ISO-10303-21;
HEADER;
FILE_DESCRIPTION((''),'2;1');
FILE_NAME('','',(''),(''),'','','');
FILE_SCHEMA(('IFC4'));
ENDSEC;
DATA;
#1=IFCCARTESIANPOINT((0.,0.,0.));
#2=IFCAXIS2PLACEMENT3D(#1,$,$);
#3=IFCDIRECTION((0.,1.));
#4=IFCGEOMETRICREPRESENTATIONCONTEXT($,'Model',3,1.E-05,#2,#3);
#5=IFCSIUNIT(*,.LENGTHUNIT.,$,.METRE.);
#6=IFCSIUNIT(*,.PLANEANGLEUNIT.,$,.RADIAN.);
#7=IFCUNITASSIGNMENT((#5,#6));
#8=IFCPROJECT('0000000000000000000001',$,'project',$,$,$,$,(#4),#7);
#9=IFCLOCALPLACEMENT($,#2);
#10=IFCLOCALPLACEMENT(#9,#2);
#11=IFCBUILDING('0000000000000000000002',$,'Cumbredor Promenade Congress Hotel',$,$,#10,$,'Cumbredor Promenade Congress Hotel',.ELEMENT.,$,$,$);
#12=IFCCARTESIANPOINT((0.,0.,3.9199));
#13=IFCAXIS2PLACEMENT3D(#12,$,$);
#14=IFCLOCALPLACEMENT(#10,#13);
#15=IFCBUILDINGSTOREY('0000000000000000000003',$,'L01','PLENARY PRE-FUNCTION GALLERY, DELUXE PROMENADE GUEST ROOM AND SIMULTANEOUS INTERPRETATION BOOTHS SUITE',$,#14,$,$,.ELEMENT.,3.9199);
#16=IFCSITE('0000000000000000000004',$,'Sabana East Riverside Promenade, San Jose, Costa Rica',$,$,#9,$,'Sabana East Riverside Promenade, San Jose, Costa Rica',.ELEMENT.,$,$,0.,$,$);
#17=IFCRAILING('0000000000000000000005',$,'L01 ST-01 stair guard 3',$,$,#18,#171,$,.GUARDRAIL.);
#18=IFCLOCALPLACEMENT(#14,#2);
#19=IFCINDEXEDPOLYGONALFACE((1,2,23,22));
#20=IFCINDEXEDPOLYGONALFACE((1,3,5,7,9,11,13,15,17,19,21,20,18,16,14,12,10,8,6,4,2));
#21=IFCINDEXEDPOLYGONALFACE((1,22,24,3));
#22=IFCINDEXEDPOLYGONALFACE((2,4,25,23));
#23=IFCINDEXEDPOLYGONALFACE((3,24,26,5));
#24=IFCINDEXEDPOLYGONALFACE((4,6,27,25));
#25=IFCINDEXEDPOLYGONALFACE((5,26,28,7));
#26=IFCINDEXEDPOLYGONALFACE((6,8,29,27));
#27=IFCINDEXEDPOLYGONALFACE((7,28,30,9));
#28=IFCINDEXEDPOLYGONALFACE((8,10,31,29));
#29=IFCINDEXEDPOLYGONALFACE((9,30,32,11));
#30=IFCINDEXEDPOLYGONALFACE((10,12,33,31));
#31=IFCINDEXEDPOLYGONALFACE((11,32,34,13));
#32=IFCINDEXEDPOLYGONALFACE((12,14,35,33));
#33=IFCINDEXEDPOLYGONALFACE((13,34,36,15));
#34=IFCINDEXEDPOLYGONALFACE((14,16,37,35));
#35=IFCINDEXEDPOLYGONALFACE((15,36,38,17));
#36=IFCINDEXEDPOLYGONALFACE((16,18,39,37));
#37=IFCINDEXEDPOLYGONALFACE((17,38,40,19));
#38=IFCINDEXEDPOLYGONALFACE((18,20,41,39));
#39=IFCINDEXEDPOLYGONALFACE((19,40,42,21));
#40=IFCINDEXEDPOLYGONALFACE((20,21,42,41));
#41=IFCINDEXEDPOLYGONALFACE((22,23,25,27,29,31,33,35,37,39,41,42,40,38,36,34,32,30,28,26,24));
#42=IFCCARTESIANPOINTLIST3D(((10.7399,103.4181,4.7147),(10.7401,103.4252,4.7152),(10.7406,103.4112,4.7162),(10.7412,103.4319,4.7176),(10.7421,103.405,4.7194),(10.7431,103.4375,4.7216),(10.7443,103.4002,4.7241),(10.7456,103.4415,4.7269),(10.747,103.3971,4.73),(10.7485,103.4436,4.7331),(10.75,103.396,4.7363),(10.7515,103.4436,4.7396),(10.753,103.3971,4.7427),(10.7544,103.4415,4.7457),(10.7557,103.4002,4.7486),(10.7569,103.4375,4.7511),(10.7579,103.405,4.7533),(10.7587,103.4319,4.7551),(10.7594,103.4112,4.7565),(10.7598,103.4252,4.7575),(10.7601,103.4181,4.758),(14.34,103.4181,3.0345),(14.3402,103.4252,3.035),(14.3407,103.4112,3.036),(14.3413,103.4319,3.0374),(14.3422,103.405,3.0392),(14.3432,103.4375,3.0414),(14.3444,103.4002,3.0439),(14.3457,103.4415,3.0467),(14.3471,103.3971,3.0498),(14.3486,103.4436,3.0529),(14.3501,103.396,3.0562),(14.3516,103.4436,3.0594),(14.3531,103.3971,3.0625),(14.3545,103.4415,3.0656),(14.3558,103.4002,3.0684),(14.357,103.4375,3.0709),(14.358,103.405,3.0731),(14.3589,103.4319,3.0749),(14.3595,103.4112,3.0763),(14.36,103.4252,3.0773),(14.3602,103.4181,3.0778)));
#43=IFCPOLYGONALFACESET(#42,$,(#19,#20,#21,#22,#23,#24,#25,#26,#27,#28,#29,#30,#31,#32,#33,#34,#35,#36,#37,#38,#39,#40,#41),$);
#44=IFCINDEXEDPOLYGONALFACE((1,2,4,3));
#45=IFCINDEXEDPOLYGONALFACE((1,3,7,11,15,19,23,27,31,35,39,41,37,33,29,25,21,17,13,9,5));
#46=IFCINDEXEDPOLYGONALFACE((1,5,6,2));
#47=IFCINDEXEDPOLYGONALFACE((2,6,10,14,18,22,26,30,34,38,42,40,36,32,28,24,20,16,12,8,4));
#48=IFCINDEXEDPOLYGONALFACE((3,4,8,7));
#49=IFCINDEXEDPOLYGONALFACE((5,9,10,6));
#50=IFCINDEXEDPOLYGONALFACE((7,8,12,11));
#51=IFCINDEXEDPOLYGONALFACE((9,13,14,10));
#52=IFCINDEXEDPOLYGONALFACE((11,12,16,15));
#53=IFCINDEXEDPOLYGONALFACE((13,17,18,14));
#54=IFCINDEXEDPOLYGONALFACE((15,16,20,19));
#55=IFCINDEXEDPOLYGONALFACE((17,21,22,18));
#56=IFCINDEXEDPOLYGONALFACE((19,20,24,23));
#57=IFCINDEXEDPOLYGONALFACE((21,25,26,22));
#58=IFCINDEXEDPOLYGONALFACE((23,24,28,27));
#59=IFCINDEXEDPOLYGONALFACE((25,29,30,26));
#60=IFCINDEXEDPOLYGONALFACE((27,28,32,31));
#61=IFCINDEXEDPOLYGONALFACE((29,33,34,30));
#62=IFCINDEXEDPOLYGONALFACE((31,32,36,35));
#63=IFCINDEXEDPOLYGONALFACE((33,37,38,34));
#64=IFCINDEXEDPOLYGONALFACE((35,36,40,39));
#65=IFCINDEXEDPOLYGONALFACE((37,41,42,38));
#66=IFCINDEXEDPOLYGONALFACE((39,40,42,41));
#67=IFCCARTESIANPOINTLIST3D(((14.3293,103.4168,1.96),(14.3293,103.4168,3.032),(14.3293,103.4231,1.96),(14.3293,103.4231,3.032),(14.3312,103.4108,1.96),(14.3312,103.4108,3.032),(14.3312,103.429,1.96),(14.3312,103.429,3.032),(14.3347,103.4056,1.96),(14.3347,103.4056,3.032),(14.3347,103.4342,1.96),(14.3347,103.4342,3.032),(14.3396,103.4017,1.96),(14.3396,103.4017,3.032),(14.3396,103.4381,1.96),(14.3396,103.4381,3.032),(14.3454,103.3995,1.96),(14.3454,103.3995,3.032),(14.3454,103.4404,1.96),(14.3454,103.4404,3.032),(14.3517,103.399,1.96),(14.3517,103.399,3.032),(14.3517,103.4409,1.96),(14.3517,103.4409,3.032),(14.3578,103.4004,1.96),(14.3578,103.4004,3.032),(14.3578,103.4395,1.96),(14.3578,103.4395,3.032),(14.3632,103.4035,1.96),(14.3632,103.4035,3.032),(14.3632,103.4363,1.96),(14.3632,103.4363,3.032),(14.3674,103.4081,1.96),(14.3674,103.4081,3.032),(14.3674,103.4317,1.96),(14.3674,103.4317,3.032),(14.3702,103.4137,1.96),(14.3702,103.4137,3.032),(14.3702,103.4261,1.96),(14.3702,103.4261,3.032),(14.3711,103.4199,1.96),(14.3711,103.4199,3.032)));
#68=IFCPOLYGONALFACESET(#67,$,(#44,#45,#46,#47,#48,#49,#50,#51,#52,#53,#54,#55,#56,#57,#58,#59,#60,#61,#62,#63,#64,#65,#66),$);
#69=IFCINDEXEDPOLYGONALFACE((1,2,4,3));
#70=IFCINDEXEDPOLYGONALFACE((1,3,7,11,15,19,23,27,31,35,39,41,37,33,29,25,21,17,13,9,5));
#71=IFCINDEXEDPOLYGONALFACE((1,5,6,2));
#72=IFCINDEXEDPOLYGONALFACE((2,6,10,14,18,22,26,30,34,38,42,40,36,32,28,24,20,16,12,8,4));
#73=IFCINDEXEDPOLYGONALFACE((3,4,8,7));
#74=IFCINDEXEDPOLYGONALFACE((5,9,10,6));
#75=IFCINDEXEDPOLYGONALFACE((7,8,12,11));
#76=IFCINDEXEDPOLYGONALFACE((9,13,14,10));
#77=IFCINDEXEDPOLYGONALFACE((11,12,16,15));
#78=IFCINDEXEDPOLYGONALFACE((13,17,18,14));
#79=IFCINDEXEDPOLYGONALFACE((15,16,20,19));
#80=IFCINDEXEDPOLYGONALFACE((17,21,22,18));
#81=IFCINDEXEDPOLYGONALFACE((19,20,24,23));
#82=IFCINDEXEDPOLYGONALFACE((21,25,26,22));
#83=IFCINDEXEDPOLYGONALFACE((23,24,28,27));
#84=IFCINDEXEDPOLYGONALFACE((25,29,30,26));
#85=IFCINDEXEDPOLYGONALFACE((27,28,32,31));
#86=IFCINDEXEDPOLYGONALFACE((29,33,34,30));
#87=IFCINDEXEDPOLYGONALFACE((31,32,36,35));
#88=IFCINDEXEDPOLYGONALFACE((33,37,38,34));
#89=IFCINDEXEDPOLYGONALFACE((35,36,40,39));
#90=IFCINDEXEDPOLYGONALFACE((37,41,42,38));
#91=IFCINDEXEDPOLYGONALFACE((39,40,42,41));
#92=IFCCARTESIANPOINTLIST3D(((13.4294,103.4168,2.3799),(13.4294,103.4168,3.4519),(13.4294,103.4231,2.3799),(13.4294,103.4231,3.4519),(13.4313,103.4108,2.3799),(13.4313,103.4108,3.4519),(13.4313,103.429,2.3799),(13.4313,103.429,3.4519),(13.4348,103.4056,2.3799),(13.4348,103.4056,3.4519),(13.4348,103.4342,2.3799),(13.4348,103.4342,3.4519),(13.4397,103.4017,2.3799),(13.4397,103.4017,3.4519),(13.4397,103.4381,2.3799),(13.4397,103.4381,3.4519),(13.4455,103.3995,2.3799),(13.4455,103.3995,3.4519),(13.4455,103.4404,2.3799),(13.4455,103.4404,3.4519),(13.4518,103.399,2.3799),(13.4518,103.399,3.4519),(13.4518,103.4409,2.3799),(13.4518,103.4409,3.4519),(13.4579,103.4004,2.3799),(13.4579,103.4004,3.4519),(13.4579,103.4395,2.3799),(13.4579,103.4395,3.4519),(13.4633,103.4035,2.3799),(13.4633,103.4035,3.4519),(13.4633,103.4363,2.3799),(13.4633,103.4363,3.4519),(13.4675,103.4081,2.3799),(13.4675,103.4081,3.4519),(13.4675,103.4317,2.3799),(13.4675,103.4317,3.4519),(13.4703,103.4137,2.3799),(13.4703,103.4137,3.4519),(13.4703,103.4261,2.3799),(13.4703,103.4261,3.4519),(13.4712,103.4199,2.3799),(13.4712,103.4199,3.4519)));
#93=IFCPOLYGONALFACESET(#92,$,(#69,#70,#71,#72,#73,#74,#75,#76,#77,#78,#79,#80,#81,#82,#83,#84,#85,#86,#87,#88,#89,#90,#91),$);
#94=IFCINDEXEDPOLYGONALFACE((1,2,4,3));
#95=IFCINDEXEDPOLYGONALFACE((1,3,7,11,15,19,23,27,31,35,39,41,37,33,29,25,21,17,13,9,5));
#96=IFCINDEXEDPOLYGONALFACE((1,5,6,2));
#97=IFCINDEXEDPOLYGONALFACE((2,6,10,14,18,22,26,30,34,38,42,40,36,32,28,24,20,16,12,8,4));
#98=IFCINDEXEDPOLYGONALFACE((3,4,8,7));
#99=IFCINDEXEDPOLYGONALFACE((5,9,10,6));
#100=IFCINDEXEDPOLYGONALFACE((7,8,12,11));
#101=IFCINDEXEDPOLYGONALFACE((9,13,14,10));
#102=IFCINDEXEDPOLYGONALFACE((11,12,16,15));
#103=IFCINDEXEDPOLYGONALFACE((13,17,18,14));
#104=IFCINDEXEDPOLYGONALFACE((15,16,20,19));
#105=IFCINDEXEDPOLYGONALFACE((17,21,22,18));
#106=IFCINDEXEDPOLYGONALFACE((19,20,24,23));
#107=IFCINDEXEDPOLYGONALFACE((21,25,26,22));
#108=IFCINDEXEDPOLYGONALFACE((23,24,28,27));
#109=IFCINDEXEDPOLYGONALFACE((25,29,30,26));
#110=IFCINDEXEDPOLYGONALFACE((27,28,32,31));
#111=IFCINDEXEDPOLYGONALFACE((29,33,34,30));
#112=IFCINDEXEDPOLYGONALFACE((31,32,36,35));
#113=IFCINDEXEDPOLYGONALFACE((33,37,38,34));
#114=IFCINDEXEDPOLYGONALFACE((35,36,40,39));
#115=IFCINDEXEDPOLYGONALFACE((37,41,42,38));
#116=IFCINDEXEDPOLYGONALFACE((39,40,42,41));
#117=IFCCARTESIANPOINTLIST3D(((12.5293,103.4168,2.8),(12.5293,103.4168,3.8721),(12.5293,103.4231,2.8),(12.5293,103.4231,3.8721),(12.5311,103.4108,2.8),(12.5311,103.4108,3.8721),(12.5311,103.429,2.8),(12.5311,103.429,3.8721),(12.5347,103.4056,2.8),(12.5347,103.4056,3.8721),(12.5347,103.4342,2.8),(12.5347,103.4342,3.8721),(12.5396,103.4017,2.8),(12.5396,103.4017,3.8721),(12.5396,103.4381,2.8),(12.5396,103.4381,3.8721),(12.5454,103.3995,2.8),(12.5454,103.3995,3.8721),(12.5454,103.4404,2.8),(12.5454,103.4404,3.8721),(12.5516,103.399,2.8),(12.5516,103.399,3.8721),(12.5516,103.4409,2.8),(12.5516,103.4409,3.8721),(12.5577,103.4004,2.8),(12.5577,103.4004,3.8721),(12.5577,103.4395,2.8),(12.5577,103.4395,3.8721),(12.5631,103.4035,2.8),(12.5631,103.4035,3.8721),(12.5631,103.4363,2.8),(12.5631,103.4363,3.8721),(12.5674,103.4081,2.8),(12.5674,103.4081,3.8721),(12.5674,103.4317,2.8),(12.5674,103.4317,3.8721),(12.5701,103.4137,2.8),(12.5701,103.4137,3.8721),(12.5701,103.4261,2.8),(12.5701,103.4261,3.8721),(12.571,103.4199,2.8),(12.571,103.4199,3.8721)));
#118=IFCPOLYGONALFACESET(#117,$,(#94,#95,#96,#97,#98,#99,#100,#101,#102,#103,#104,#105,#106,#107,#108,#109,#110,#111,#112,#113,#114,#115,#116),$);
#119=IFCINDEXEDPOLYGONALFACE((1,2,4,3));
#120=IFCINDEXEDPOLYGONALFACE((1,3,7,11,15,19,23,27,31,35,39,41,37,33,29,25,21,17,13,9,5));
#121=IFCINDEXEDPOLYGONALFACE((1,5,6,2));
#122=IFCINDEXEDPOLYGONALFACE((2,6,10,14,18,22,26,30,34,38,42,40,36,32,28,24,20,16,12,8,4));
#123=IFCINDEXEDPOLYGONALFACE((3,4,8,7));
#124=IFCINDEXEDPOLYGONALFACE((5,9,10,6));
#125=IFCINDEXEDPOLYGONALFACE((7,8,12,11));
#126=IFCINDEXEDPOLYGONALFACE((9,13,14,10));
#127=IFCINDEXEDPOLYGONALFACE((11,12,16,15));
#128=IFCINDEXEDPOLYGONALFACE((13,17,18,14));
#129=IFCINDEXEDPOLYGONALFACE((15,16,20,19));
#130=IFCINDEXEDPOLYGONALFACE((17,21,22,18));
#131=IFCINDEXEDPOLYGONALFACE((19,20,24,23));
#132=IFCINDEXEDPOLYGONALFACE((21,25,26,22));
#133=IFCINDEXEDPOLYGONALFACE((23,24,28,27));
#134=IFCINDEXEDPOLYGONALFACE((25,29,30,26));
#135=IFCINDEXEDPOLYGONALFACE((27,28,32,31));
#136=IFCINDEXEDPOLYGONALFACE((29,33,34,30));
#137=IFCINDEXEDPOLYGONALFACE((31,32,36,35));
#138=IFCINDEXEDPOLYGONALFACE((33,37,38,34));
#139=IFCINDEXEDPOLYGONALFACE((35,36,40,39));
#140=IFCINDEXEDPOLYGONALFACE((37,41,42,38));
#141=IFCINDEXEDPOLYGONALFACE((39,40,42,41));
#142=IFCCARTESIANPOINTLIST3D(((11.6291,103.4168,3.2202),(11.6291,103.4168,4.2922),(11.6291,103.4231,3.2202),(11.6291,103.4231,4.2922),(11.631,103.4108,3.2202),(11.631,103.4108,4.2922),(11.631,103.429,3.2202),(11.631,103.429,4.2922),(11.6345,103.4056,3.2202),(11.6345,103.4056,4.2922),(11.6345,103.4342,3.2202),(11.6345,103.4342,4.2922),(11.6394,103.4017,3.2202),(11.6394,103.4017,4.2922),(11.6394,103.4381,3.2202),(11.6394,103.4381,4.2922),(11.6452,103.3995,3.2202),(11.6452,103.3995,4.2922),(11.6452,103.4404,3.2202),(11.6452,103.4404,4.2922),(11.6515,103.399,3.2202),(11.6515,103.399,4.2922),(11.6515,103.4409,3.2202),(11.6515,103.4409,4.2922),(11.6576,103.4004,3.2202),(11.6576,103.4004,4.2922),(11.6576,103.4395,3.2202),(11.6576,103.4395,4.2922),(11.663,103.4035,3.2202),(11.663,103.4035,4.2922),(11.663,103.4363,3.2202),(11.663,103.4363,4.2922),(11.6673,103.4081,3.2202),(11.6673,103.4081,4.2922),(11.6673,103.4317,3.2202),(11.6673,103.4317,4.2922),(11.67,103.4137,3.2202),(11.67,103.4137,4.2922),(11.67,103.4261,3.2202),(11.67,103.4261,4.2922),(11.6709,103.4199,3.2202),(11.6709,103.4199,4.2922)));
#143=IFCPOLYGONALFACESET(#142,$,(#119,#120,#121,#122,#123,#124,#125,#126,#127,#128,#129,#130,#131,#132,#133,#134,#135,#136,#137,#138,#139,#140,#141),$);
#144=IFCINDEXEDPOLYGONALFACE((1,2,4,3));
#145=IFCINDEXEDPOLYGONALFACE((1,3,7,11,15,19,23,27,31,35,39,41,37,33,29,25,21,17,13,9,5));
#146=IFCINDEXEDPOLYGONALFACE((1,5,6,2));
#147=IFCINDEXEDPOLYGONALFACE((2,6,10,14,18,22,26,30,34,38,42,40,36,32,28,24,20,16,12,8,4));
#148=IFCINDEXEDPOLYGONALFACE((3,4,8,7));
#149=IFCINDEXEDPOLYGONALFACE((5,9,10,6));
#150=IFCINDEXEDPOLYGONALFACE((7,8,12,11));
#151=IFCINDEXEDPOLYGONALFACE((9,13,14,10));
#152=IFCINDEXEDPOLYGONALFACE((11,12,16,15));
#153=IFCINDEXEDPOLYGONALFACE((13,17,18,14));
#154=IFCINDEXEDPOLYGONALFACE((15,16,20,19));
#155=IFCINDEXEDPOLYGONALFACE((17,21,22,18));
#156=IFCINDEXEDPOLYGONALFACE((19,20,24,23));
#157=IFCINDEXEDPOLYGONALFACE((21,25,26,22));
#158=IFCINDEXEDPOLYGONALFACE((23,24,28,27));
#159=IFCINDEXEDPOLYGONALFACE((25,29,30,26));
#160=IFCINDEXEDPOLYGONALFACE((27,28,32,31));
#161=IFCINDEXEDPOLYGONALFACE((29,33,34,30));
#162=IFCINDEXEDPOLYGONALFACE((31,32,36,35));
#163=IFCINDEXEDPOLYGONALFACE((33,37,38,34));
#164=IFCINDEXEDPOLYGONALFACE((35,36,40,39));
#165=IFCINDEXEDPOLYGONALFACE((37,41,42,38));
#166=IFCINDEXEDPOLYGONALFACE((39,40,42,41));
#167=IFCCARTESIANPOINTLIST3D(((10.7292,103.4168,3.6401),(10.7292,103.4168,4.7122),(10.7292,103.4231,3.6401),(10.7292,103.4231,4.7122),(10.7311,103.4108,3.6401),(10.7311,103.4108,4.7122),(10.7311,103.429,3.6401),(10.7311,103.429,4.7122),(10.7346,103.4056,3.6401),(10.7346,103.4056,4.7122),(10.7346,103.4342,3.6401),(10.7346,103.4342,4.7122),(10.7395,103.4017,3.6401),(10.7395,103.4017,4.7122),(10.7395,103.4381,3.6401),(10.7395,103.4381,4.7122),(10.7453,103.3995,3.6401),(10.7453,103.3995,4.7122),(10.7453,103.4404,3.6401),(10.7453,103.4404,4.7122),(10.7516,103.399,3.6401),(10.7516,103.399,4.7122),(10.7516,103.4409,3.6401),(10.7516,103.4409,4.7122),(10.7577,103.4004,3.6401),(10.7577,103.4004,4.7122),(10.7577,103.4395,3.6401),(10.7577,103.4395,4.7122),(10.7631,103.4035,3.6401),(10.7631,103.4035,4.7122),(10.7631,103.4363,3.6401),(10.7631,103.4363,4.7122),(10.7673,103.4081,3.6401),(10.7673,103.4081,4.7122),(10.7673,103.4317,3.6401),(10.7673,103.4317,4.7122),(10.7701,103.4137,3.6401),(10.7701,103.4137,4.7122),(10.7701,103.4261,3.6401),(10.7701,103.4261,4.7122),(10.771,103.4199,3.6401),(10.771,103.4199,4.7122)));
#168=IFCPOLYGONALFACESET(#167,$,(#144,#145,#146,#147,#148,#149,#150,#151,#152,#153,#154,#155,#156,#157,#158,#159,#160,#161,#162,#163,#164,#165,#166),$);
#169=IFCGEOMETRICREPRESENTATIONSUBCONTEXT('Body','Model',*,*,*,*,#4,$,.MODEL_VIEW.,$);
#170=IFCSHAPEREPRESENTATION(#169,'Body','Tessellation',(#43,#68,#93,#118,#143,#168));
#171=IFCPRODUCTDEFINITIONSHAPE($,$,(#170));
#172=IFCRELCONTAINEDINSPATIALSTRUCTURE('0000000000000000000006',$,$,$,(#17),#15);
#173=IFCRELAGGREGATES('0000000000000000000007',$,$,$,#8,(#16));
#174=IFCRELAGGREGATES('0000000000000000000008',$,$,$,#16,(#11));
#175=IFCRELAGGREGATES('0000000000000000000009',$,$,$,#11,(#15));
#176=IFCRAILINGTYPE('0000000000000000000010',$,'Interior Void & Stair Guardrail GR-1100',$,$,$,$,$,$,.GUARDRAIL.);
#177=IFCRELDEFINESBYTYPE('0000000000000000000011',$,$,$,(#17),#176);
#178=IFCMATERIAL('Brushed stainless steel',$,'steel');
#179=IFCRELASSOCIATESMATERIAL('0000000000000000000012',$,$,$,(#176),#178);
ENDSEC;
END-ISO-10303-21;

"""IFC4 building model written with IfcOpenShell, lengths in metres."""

from ifc_helpers import new_model, si_unit, direction, frame, origin, origin_2d, place, context, subcontext, project, spatial, circle, extrude, material, type_object, element, save


model = new_model("IFC4")

# Units and contexts
model_context = context("Model", 3, precision=1e-05, world=origin(), true_north=direction((0.0, 1.0)))
body_context = subcontext(model_context, "Body", "Model", "MODEL_VIEW")
ifc_project = project(units=[si_unit("LENGTHUNIT", "METRE"), si_unit("PLANEANGLEUNIT", "RADIAN")], contexts=[model_context])

# Site, building, storey
site_placement = place(None, origin())
site = spatial("IfcSite", under=ifc_project, at=site_placement, Name="Sabana East Riverside Promenade, San Jose, Costa Rica", LongName="Sabana East Riverside Promenade, San Jose, Costa Rica", CompositionType="ELEMENT", RefElevation=0.0)
building_placement = place(site_placement, origin())
building = spatial("IfcBuilding", under=site, at=building_placement, Name="Cumbredor Promenade Congress Hotel", LongName="Cumbredor Promenade Congress Hotel", CompositionType="ELEMENT")
storey_placement = place(building_placement, frame((0.0, 0.0, 3.9199)))
storey = spatial("IfcBuildingStorey", under=building, at=storey_placement, Name="L01", Description="PLENARY PRE-FUNCTION GALLERY, DELUXE PROMENADE GUEST ROOM AND SIMULTANEOUS INTERPRETATION BOOTHS SUITE", CompositionType="ELEMENT", Elevation=3.9199)

# Railing
ifc_material_1 = material(Name="Brushed stainless steel", Category="steel")
railing_type_1 = type_object("IfcRailingType", Name="Interior Void & Stair Guardrail GR-1100", PredefinedType="GUARDRAIL", material=ifc_material_1)
railing_1_placement = place(storey_placement, frame((14.3501, 103.4199, 1.96)))
element("IfcRailing", 1, at=railing_1_placement, inside=storey, type_object=railing_type_1, Name="L01 ST-01 stair guard 3", PredefinedType="GUARDRAIL", context=body_context, shape_type="SweptSolid", body=[
    extrude(circle(Radius=0.0239, at=origin_2d()), frame((0.0, 0.0, 1.0962), z_axis=(-0.906171, 0.0, 0.422912), x_axis=(0.0, -1.0, 0.0)), (0.0, 0.0, 1.0), 3.9729),
    extrude(circle(Radius=0.021, at=origin_2d()), origin(), (0.0, 0.0, 1.0), 1.072),
    extrude(circle(Radius=0.021, at=origin_2d()), frame((-0.8999, 0.0, 0.4199)), (0.0, 0.0, 1.0), 1.072),
    extrude(circle(Radius=0.021, at=origin_2d()), frame((-1.8, 0.0, 0.8401)), (0.0, 0.0, 1.0), 1.072),
    extrude(circle(Radius=0.021, at=origin_2d()), frame((-2.7002, 0.0, 1.2603)), (0.0, 0.0, 1.0), 1.072),
    extrude(circle(Radius=0.021, at=origin_2d()), frame((-3.6001, 0.0, 1.6802)), (0.0, 0.0, 1.0), 1.072),
])

save(model, "model.ifc")
